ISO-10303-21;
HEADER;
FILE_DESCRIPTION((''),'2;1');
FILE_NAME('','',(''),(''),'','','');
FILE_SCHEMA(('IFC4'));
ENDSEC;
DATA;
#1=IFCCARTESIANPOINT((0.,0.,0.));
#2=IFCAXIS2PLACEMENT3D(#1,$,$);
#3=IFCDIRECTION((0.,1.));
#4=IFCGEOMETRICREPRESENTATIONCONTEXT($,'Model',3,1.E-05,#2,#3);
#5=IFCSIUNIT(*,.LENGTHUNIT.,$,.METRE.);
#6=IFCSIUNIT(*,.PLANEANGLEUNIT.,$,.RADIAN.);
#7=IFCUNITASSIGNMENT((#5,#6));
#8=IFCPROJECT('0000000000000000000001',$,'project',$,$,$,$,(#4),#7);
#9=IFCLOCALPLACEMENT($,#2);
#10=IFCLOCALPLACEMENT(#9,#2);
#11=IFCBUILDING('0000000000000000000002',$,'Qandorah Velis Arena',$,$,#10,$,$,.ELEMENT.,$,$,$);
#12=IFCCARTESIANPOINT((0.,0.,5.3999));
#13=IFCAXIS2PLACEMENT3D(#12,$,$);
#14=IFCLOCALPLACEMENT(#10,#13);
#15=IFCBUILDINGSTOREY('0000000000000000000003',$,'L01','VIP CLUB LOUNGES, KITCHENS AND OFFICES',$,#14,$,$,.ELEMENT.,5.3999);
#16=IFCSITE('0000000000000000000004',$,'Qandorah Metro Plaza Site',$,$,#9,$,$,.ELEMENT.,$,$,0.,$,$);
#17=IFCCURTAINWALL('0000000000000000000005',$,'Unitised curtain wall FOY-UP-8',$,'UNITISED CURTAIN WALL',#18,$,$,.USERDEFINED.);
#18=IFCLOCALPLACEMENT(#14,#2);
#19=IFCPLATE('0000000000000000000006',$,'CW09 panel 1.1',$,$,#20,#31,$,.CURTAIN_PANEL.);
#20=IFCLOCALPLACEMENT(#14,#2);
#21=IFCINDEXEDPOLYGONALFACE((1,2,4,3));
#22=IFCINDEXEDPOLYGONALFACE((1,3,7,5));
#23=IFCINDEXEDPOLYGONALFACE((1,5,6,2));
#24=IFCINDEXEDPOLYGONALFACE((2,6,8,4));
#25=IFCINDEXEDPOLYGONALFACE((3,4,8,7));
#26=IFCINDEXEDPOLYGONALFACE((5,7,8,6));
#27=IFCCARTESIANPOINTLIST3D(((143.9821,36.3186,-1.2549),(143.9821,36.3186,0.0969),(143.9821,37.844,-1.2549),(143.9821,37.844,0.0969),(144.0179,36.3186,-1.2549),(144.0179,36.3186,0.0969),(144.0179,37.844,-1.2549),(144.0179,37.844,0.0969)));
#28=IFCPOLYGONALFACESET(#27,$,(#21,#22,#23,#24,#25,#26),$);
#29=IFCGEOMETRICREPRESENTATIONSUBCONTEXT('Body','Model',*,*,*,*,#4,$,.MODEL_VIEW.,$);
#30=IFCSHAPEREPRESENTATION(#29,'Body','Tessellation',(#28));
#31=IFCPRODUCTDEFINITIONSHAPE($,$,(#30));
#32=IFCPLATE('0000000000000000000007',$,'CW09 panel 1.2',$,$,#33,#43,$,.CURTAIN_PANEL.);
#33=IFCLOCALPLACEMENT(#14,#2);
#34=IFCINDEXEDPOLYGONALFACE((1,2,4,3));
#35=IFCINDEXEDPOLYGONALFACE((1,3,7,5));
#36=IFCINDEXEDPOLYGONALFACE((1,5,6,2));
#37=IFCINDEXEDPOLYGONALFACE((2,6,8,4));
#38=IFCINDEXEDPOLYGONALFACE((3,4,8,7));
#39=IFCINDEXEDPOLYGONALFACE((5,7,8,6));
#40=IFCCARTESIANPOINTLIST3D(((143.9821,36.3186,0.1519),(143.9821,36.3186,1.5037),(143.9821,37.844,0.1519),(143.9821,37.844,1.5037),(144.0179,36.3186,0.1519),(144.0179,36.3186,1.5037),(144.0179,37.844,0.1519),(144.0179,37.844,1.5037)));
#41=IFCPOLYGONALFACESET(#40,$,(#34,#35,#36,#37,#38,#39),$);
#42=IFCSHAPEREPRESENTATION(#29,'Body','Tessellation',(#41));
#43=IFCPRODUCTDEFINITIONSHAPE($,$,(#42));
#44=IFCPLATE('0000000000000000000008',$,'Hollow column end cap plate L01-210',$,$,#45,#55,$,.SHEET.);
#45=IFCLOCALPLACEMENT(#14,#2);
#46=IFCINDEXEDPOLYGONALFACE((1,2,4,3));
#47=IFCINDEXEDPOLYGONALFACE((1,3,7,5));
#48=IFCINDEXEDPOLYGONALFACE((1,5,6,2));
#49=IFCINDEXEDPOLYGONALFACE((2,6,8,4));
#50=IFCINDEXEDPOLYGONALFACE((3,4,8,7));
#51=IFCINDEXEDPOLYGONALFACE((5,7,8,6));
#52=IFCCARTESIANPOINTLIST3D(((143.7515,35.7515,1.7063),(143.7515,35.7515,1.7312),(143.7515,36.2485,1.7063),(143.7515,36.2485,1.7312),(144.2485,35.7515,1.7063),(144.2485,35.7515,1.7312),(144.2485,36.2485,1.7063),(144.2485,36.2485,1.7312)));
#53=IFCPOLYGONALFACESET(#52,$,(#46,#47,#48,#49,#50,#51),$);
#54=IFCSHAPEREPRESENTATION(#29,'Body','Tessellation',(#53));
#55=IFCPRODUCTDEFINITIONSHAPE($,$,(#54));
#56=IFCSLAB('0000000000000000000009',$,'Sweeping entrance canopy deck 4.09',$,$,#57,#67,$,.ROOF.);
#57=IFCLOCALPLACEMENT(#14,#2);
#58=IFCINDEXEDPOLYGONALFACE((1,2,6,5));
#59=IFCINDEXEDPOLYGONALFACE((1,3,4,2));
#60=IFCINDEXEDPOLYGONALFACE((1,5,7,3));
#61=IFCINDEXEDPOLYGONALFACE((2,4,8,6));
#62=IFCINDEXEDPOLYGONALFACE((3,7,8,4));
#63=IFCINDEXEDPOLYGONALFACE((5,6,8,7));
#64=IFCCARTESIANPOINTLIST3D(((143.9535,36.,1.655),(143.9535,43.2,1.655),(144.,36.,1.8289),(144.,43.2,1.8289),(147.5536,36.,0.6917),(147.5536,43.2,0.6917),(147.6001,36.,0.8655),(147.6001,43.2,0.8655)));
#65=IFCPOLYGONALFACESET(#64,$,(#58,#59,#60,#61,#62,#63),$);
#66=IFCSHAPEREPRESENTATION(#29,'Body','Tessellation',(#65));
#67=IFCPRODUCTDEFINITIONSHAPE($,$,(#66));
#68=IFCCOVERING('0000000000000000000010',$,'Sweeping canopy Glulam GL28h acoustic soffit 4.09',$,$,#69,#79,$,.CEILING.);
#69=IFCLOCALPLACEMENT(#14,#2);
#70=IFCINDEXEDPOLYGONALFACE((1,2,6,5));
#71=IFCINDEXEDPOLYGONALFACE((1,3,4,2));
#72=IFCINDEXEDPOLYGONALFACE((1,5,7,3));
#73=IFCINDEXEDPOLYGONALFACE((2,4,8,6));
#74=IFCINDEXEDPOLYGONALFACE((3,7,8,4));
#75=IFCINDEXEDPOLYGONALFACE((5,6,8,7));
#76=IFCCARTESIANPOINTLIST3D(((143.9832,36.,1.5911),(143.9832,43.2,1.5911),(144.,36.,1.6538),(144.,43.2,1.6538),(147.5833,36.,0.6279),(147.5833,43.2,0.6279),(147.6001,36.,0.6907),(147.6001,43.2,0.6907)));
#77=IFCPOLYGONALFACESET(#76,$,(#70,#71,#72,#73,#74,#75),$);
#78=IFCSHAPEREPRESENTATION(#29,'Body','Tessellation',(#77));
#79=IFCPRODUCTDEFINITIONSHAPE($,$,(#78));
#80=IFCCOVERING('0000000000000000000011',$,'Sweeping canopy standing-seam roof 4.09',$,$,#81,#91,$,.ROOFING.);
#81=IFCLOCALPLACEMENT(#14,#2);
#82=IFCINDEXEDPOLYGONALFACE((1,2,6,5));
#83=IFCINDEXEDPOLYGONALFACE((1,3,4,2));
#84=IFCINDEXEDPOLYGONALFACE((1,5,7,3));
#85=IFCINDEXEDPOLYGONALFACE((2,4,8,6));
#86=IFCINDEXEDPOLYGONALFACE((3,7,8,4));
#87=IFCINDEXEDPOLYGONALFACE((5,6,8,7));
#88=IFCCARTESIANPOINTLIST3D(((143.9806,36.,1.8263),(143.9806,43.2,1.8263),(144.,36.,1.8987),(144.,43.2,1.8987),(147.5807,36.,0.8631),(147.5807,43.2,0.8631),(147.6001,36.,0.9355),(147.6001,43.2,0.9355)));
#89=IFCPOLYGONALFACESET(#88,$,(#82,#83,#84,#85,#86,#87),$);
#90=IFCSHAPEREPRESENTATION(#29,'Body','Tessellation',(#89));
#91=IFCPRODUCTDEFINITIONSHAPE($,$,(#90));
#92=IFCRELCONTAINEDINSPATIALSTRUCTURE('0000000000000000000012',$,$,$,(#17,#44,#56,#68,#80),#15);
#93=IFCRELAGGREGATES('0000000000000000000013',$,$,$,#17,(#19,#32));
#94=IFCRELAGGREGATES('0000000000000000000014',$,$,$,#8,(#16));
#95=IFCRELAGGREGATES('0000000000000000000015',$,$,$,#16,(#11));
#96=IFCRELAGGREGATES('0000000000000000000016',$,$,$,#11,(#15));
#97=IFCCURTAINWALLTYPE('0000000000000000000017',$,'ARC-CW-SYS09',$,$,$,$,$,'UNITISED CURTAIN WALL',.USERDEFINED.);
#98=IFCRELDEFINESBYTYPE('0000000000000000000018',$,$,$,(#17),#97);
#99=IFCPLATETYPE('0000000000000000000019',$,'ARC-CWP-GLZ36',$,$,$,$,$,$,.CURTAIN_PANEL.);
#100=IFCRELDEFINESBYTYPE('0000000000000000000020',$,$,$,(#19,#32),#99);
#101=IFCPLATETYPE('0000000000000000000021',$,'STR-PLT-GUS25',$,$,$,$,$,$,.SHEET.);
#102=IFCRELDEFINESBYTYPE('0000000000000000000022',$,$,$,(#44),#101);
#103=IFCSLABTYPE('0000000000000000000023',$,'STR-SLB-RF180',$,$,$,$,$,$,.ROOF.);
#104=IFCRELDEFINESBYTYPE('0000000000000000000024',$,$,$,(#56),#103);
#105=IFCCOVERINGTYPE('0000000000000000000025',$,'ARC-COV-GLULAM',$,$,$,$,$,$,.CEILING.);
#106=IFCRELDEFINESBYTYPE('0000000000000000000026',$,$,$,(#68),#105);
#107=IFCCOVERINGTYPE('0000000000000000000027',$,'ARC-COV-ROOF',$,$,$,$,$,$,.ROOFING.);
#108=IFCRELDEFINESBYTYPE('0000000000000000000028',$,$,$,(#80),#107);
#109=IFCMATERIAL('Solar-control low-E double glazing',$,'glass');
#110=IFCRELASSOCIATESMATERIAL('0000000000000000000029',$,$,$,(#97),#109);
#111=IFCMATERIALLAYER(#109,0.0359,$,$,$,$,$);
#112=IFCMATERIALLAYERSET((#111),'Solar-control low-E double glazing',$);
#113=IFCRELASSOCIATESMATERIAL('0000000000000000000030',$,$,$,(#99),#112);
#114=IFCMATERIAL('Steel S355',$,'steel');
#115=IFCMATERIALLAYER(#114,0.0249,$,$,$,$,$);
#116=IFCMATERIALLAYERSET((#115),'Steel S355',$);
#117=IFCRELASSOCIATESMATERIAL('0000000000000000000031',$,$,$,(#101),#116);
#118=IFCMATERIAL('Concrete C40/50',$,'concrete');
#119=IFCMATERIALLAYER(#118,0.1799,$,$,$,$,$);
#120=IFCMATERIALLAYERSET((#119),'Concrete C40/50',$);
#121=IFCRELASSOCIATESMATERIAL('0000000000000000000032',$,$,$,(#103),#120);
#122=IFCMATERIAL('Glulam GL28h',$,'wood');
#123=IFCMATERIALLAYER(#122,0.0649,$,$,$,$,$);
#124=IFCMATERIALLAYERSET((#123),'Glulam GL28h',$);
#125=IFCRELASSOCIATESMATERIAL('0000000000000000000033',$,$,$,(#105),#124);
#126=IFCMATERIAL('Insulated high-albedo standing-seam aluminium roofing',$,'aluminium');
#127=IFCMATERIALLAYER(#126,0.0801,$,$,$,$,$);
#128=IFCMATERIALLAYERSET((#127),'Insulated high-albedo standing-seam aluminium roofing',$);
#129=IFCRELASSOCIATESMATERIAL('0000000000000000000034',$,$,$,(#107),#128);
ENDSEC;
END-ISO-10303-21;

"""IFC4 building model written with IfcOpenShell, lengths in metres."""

from ifc_helpers import new_model, si_unit, direction, frame, origin, origin_2d, place, context, subcontext, project, spatial, polyline, rectangle, outline, extrude, material, layer, layer_set, type_object, element, aggregate, save


model = new_model("IFC4")

# Units and contexts
model_context = context("Model", 3, precision=1e-05, world=origin(), true_north=direction((0.0, 1.0)))
body_context = subcontext(model_context, "Body", "Model", "MODEL_VIEW")
ifc_project = project(units=[si_unit("LENGTHUNIT", "METRE"), si_unit("PLANEANGLEUNIT", "RADIAN")], contexts=[model_context])

# Site, building, storey
site_placement = place(None, origin())
site = spatial("IfcSite", under=ifc_project, at=site_placement, Name="Qandorah Metro Plaza Site", CompositionType="ELEMENT", RefElevation=0.0)
building_placement = place(site_placement, origin())
building = spatial("IfcBuilding", under=site, at=building_placement, Name="Qandorah Velis Arena", CompositionType="ELEMENT")
storey_placement = place(building_placement, frame((0.0, 0.0, 5.3999)))
storey = spatial("IfcBuildingStorey", under=building, at=storey_placement, Name="L01", Description="VIP CLUB LOUNGES, KITCHENS AND OFFICES", CompositionType="ELEMENT", Elevation=5.3999)

# Shared definitions
ifc_material_1 = material(Name="Steel S355", Category="steel")

# Shared definitions
ifc_material_2 = material(Name="Solar-control low-E double glazing", Category="glass")

# Curtain wall
curtain_wall_type_1 = type_object("IfcCurtainWallType", Name="ARC-CW-SYS09", ElementType="UNITISED CURTAIN WALL", PredefinedType="USERDEFINED", material=ifc_material_2)
curtain_wall_1_placement = place(storey_placement, origin())
curtain_wall_1 = element("IfcCurtainWall", 1, at=curtain_wall_1_placement, inside=storey, type_object=curtain_wall_type_1, Name="Unitised curtain wall FOY-UP-8", ObjectType="UNITISED CURTAIN WALL", PredefinedType="USERDEFINED")

# Plates
ifc_layer_1 = layer(ifc_material_2, 0.0359)
ifc_layer_set_1 = layer_set([ifc_layer_1], Name="Solar-control low-E double glazing")
plate_type_1 = type_object("IfcPlateType", Name="ARC-CWP-GLZ36", PredefinedType="CURTAIN_PANEL", material=ifc_layer_set_1)
plate_1_placement = place(storey_placement, frame((144.0, 37.0813, -1.2549), z_axis=(0.0, 0.0, 1.0), x_axis=(0.0, 1.0, 0.0)))
plate_1 = element("IfcPlate", 2, at=plate_1_placement, type_object=plate_type_1, Name="CW09 panel 1.1", PredefinedType="CURTAIN_PANEL", context=body_context, shape_type="SweptSolid", body=[
    extrude(rectangle(XDim=1.5254, YDim=0.0359, at=origin_2d()), origin(), (0.0, 0.0, 1.0), 1.3518),
])
plate_2_placement = place(storey_placement, frame((144.0, 37.0813, 0.1519), z_axis=(0.0, 0.0, 1.0), x_axis=(0.0, 1.0, 0.0)))
plate_2 = element("IfcPlate", 3, at=plate_2_placement, type_object=plate_type_1, Name="CW09 panel 1.2", PredefinedType="CURTAIN_PANEL", context=body_context, shape_type="SweptSolid", body=[
    extrude(rectangle(XDim=1.5254, YDim=0.0359, at=origin_2d()), origin(), (0.0, 0.0, 1.0), 1.3518),
])
aggregate(curtain_wall_1, [plate_1, plate_2])
ifc_layer_2 = layer(ifc_material_1, 0.0249)
ifc_layer_set_2 = layer_set([ifc_layer_2], Name="Steel S355")
plate_type_2 = type_object("IfcPlateType", Name="STR-PLT-GUS25", PredefinedType="SHEET", material=ifc_layer_set_2)
plate_3_placement = place(storey_placement, frame((144.0, 36.0, 1.7063), z_axis=(0.0, 0.0, 1.0), x_axis=(1.0, 0.0, 0.0)))
element("IfcPlate", 4, at=plate_3_placement, inside=storey, type_object=plate_type_2, Name="Hollow column end cap plate L01-210", PredefinedType="SHEET", context=body_context, shape_type="SweptSolid", body=[
    extrude(rectangle(XDim=0.4971, YDim=0.4971, at=origin_2d()), origin(), (0.0, 0.0, 1.0), 0.0249),
])

# Slab
ifc_material_3 = material(Name="Concrete C40/50", Category="concrete")
ifc_layer_3 = layer(ifc_material_3, 0.1799)
ifc_layer_set_3 = layer_set([ifc_layer_3], Name="Concrete C40/50")
slab_type = type_object("IfcSlabType", Name="STR-SLB-RF180", PredefinedType="ROOF", material=ifc_layer_set_3)
slab_placement = place(storey_placement, frame((144.0, 36.0, 1.8289), z_axis=(0.258502, 0.0, 0.966011), x_axis=(0.966011, 0.0, -0.258502)))
element("IfcSlab", 5, at=slab_placement, inside=storey, type_object=slab_type, Name="Sweeping entrance canopy deck 4.09", PredefinedType="ROOF", context=body_context, shape_type="SweptSolid", body=[
    extrude(outline(polyline([(0.0, 0.0), (3.7268, 0.0), (3.7268, 7.2), (0.0, 7.2), (0.0, 0.0)])), origin(), (0.0, 0.0, -1.0), 0.1799),
])

# Coverings
ifc_material_4 = material(Name="Glulam GL28h", Category="wood")
ifc_layer_4 = layer(ifc_material_4, 0.0649)
ifc_layer_set_4 = layer_set([ifc_layer_4], Name="Glulam GL28h")
covering_type_1 = type_object("IfcCoveringType", Name="ARC-COV-GLULAM", PredefinedType="CEILING", material=ifc_layer_set_4)
covering_1_placement = place(storey_placement, frame((144.0, 36.0, 1.6538), z_axis=(0.258441, 0.0, 0.966027), x_axis=(0.966027, 0.0, -0.258441)))
element("IfcCovering", 6, at=covering_1_placement, inside=storey, type_object=covering_type_1, Name="Sweeping canopy Glulam GL28h acoustic soffit 4.09", PredefinedType="CEILING", context=body_context, shape_type="SweptSolid", body=[
    extrude(outline(polyline([(0.0, 0.0), (3.7267, 0.0), (3.7267, 7.2), (0.0, 7.2), (0.0, 0.0)])), origin(), (0.0, 0.0, -1.0), 0.0649),
])
ifc_material_5 = material(Name="Insulated high-albedo standing-seam aluminium roofing", Category="aluminium")
ifc_layer_5 = layer(ifc_material_5, 0.0801)
ifc_layer_set_5 = layer_set([ifc_layer_5], Name="Insulated high-albedo standing-seam aluminium roofing")
covering_type_2 = type_object("IfcCoveringType", Name="ARC-COV-ROOF", PredefinedType="ROOFING", material=ifc_layer_set_5)
covering_2_placement = place(storey_placement, frame((144.0, 36.0, 1.8987), z_axis=(0.258441, 0.0, 0.966027), x_axis=(0.966027, 0.0, -0.258441)))
element("IfcCovering", 7, at=covering_2_placement, inside=storey, type_object=covering_type_2, Name="Sweeping canopy standing-seam roof 4.09", PredefinedType="ROOFING", context=body_context, shape_type="SweptSolid", body=[
    extrude(outline(polyline([(0.0, 0.0), (3.7267, 0.0), (3.7267, 7.2), (0.0, 7.2), (0.0, 0.0)])), origin(), (0.0, 0.0, -1.0), 0.075),
])

save(model, "model.ifc")
